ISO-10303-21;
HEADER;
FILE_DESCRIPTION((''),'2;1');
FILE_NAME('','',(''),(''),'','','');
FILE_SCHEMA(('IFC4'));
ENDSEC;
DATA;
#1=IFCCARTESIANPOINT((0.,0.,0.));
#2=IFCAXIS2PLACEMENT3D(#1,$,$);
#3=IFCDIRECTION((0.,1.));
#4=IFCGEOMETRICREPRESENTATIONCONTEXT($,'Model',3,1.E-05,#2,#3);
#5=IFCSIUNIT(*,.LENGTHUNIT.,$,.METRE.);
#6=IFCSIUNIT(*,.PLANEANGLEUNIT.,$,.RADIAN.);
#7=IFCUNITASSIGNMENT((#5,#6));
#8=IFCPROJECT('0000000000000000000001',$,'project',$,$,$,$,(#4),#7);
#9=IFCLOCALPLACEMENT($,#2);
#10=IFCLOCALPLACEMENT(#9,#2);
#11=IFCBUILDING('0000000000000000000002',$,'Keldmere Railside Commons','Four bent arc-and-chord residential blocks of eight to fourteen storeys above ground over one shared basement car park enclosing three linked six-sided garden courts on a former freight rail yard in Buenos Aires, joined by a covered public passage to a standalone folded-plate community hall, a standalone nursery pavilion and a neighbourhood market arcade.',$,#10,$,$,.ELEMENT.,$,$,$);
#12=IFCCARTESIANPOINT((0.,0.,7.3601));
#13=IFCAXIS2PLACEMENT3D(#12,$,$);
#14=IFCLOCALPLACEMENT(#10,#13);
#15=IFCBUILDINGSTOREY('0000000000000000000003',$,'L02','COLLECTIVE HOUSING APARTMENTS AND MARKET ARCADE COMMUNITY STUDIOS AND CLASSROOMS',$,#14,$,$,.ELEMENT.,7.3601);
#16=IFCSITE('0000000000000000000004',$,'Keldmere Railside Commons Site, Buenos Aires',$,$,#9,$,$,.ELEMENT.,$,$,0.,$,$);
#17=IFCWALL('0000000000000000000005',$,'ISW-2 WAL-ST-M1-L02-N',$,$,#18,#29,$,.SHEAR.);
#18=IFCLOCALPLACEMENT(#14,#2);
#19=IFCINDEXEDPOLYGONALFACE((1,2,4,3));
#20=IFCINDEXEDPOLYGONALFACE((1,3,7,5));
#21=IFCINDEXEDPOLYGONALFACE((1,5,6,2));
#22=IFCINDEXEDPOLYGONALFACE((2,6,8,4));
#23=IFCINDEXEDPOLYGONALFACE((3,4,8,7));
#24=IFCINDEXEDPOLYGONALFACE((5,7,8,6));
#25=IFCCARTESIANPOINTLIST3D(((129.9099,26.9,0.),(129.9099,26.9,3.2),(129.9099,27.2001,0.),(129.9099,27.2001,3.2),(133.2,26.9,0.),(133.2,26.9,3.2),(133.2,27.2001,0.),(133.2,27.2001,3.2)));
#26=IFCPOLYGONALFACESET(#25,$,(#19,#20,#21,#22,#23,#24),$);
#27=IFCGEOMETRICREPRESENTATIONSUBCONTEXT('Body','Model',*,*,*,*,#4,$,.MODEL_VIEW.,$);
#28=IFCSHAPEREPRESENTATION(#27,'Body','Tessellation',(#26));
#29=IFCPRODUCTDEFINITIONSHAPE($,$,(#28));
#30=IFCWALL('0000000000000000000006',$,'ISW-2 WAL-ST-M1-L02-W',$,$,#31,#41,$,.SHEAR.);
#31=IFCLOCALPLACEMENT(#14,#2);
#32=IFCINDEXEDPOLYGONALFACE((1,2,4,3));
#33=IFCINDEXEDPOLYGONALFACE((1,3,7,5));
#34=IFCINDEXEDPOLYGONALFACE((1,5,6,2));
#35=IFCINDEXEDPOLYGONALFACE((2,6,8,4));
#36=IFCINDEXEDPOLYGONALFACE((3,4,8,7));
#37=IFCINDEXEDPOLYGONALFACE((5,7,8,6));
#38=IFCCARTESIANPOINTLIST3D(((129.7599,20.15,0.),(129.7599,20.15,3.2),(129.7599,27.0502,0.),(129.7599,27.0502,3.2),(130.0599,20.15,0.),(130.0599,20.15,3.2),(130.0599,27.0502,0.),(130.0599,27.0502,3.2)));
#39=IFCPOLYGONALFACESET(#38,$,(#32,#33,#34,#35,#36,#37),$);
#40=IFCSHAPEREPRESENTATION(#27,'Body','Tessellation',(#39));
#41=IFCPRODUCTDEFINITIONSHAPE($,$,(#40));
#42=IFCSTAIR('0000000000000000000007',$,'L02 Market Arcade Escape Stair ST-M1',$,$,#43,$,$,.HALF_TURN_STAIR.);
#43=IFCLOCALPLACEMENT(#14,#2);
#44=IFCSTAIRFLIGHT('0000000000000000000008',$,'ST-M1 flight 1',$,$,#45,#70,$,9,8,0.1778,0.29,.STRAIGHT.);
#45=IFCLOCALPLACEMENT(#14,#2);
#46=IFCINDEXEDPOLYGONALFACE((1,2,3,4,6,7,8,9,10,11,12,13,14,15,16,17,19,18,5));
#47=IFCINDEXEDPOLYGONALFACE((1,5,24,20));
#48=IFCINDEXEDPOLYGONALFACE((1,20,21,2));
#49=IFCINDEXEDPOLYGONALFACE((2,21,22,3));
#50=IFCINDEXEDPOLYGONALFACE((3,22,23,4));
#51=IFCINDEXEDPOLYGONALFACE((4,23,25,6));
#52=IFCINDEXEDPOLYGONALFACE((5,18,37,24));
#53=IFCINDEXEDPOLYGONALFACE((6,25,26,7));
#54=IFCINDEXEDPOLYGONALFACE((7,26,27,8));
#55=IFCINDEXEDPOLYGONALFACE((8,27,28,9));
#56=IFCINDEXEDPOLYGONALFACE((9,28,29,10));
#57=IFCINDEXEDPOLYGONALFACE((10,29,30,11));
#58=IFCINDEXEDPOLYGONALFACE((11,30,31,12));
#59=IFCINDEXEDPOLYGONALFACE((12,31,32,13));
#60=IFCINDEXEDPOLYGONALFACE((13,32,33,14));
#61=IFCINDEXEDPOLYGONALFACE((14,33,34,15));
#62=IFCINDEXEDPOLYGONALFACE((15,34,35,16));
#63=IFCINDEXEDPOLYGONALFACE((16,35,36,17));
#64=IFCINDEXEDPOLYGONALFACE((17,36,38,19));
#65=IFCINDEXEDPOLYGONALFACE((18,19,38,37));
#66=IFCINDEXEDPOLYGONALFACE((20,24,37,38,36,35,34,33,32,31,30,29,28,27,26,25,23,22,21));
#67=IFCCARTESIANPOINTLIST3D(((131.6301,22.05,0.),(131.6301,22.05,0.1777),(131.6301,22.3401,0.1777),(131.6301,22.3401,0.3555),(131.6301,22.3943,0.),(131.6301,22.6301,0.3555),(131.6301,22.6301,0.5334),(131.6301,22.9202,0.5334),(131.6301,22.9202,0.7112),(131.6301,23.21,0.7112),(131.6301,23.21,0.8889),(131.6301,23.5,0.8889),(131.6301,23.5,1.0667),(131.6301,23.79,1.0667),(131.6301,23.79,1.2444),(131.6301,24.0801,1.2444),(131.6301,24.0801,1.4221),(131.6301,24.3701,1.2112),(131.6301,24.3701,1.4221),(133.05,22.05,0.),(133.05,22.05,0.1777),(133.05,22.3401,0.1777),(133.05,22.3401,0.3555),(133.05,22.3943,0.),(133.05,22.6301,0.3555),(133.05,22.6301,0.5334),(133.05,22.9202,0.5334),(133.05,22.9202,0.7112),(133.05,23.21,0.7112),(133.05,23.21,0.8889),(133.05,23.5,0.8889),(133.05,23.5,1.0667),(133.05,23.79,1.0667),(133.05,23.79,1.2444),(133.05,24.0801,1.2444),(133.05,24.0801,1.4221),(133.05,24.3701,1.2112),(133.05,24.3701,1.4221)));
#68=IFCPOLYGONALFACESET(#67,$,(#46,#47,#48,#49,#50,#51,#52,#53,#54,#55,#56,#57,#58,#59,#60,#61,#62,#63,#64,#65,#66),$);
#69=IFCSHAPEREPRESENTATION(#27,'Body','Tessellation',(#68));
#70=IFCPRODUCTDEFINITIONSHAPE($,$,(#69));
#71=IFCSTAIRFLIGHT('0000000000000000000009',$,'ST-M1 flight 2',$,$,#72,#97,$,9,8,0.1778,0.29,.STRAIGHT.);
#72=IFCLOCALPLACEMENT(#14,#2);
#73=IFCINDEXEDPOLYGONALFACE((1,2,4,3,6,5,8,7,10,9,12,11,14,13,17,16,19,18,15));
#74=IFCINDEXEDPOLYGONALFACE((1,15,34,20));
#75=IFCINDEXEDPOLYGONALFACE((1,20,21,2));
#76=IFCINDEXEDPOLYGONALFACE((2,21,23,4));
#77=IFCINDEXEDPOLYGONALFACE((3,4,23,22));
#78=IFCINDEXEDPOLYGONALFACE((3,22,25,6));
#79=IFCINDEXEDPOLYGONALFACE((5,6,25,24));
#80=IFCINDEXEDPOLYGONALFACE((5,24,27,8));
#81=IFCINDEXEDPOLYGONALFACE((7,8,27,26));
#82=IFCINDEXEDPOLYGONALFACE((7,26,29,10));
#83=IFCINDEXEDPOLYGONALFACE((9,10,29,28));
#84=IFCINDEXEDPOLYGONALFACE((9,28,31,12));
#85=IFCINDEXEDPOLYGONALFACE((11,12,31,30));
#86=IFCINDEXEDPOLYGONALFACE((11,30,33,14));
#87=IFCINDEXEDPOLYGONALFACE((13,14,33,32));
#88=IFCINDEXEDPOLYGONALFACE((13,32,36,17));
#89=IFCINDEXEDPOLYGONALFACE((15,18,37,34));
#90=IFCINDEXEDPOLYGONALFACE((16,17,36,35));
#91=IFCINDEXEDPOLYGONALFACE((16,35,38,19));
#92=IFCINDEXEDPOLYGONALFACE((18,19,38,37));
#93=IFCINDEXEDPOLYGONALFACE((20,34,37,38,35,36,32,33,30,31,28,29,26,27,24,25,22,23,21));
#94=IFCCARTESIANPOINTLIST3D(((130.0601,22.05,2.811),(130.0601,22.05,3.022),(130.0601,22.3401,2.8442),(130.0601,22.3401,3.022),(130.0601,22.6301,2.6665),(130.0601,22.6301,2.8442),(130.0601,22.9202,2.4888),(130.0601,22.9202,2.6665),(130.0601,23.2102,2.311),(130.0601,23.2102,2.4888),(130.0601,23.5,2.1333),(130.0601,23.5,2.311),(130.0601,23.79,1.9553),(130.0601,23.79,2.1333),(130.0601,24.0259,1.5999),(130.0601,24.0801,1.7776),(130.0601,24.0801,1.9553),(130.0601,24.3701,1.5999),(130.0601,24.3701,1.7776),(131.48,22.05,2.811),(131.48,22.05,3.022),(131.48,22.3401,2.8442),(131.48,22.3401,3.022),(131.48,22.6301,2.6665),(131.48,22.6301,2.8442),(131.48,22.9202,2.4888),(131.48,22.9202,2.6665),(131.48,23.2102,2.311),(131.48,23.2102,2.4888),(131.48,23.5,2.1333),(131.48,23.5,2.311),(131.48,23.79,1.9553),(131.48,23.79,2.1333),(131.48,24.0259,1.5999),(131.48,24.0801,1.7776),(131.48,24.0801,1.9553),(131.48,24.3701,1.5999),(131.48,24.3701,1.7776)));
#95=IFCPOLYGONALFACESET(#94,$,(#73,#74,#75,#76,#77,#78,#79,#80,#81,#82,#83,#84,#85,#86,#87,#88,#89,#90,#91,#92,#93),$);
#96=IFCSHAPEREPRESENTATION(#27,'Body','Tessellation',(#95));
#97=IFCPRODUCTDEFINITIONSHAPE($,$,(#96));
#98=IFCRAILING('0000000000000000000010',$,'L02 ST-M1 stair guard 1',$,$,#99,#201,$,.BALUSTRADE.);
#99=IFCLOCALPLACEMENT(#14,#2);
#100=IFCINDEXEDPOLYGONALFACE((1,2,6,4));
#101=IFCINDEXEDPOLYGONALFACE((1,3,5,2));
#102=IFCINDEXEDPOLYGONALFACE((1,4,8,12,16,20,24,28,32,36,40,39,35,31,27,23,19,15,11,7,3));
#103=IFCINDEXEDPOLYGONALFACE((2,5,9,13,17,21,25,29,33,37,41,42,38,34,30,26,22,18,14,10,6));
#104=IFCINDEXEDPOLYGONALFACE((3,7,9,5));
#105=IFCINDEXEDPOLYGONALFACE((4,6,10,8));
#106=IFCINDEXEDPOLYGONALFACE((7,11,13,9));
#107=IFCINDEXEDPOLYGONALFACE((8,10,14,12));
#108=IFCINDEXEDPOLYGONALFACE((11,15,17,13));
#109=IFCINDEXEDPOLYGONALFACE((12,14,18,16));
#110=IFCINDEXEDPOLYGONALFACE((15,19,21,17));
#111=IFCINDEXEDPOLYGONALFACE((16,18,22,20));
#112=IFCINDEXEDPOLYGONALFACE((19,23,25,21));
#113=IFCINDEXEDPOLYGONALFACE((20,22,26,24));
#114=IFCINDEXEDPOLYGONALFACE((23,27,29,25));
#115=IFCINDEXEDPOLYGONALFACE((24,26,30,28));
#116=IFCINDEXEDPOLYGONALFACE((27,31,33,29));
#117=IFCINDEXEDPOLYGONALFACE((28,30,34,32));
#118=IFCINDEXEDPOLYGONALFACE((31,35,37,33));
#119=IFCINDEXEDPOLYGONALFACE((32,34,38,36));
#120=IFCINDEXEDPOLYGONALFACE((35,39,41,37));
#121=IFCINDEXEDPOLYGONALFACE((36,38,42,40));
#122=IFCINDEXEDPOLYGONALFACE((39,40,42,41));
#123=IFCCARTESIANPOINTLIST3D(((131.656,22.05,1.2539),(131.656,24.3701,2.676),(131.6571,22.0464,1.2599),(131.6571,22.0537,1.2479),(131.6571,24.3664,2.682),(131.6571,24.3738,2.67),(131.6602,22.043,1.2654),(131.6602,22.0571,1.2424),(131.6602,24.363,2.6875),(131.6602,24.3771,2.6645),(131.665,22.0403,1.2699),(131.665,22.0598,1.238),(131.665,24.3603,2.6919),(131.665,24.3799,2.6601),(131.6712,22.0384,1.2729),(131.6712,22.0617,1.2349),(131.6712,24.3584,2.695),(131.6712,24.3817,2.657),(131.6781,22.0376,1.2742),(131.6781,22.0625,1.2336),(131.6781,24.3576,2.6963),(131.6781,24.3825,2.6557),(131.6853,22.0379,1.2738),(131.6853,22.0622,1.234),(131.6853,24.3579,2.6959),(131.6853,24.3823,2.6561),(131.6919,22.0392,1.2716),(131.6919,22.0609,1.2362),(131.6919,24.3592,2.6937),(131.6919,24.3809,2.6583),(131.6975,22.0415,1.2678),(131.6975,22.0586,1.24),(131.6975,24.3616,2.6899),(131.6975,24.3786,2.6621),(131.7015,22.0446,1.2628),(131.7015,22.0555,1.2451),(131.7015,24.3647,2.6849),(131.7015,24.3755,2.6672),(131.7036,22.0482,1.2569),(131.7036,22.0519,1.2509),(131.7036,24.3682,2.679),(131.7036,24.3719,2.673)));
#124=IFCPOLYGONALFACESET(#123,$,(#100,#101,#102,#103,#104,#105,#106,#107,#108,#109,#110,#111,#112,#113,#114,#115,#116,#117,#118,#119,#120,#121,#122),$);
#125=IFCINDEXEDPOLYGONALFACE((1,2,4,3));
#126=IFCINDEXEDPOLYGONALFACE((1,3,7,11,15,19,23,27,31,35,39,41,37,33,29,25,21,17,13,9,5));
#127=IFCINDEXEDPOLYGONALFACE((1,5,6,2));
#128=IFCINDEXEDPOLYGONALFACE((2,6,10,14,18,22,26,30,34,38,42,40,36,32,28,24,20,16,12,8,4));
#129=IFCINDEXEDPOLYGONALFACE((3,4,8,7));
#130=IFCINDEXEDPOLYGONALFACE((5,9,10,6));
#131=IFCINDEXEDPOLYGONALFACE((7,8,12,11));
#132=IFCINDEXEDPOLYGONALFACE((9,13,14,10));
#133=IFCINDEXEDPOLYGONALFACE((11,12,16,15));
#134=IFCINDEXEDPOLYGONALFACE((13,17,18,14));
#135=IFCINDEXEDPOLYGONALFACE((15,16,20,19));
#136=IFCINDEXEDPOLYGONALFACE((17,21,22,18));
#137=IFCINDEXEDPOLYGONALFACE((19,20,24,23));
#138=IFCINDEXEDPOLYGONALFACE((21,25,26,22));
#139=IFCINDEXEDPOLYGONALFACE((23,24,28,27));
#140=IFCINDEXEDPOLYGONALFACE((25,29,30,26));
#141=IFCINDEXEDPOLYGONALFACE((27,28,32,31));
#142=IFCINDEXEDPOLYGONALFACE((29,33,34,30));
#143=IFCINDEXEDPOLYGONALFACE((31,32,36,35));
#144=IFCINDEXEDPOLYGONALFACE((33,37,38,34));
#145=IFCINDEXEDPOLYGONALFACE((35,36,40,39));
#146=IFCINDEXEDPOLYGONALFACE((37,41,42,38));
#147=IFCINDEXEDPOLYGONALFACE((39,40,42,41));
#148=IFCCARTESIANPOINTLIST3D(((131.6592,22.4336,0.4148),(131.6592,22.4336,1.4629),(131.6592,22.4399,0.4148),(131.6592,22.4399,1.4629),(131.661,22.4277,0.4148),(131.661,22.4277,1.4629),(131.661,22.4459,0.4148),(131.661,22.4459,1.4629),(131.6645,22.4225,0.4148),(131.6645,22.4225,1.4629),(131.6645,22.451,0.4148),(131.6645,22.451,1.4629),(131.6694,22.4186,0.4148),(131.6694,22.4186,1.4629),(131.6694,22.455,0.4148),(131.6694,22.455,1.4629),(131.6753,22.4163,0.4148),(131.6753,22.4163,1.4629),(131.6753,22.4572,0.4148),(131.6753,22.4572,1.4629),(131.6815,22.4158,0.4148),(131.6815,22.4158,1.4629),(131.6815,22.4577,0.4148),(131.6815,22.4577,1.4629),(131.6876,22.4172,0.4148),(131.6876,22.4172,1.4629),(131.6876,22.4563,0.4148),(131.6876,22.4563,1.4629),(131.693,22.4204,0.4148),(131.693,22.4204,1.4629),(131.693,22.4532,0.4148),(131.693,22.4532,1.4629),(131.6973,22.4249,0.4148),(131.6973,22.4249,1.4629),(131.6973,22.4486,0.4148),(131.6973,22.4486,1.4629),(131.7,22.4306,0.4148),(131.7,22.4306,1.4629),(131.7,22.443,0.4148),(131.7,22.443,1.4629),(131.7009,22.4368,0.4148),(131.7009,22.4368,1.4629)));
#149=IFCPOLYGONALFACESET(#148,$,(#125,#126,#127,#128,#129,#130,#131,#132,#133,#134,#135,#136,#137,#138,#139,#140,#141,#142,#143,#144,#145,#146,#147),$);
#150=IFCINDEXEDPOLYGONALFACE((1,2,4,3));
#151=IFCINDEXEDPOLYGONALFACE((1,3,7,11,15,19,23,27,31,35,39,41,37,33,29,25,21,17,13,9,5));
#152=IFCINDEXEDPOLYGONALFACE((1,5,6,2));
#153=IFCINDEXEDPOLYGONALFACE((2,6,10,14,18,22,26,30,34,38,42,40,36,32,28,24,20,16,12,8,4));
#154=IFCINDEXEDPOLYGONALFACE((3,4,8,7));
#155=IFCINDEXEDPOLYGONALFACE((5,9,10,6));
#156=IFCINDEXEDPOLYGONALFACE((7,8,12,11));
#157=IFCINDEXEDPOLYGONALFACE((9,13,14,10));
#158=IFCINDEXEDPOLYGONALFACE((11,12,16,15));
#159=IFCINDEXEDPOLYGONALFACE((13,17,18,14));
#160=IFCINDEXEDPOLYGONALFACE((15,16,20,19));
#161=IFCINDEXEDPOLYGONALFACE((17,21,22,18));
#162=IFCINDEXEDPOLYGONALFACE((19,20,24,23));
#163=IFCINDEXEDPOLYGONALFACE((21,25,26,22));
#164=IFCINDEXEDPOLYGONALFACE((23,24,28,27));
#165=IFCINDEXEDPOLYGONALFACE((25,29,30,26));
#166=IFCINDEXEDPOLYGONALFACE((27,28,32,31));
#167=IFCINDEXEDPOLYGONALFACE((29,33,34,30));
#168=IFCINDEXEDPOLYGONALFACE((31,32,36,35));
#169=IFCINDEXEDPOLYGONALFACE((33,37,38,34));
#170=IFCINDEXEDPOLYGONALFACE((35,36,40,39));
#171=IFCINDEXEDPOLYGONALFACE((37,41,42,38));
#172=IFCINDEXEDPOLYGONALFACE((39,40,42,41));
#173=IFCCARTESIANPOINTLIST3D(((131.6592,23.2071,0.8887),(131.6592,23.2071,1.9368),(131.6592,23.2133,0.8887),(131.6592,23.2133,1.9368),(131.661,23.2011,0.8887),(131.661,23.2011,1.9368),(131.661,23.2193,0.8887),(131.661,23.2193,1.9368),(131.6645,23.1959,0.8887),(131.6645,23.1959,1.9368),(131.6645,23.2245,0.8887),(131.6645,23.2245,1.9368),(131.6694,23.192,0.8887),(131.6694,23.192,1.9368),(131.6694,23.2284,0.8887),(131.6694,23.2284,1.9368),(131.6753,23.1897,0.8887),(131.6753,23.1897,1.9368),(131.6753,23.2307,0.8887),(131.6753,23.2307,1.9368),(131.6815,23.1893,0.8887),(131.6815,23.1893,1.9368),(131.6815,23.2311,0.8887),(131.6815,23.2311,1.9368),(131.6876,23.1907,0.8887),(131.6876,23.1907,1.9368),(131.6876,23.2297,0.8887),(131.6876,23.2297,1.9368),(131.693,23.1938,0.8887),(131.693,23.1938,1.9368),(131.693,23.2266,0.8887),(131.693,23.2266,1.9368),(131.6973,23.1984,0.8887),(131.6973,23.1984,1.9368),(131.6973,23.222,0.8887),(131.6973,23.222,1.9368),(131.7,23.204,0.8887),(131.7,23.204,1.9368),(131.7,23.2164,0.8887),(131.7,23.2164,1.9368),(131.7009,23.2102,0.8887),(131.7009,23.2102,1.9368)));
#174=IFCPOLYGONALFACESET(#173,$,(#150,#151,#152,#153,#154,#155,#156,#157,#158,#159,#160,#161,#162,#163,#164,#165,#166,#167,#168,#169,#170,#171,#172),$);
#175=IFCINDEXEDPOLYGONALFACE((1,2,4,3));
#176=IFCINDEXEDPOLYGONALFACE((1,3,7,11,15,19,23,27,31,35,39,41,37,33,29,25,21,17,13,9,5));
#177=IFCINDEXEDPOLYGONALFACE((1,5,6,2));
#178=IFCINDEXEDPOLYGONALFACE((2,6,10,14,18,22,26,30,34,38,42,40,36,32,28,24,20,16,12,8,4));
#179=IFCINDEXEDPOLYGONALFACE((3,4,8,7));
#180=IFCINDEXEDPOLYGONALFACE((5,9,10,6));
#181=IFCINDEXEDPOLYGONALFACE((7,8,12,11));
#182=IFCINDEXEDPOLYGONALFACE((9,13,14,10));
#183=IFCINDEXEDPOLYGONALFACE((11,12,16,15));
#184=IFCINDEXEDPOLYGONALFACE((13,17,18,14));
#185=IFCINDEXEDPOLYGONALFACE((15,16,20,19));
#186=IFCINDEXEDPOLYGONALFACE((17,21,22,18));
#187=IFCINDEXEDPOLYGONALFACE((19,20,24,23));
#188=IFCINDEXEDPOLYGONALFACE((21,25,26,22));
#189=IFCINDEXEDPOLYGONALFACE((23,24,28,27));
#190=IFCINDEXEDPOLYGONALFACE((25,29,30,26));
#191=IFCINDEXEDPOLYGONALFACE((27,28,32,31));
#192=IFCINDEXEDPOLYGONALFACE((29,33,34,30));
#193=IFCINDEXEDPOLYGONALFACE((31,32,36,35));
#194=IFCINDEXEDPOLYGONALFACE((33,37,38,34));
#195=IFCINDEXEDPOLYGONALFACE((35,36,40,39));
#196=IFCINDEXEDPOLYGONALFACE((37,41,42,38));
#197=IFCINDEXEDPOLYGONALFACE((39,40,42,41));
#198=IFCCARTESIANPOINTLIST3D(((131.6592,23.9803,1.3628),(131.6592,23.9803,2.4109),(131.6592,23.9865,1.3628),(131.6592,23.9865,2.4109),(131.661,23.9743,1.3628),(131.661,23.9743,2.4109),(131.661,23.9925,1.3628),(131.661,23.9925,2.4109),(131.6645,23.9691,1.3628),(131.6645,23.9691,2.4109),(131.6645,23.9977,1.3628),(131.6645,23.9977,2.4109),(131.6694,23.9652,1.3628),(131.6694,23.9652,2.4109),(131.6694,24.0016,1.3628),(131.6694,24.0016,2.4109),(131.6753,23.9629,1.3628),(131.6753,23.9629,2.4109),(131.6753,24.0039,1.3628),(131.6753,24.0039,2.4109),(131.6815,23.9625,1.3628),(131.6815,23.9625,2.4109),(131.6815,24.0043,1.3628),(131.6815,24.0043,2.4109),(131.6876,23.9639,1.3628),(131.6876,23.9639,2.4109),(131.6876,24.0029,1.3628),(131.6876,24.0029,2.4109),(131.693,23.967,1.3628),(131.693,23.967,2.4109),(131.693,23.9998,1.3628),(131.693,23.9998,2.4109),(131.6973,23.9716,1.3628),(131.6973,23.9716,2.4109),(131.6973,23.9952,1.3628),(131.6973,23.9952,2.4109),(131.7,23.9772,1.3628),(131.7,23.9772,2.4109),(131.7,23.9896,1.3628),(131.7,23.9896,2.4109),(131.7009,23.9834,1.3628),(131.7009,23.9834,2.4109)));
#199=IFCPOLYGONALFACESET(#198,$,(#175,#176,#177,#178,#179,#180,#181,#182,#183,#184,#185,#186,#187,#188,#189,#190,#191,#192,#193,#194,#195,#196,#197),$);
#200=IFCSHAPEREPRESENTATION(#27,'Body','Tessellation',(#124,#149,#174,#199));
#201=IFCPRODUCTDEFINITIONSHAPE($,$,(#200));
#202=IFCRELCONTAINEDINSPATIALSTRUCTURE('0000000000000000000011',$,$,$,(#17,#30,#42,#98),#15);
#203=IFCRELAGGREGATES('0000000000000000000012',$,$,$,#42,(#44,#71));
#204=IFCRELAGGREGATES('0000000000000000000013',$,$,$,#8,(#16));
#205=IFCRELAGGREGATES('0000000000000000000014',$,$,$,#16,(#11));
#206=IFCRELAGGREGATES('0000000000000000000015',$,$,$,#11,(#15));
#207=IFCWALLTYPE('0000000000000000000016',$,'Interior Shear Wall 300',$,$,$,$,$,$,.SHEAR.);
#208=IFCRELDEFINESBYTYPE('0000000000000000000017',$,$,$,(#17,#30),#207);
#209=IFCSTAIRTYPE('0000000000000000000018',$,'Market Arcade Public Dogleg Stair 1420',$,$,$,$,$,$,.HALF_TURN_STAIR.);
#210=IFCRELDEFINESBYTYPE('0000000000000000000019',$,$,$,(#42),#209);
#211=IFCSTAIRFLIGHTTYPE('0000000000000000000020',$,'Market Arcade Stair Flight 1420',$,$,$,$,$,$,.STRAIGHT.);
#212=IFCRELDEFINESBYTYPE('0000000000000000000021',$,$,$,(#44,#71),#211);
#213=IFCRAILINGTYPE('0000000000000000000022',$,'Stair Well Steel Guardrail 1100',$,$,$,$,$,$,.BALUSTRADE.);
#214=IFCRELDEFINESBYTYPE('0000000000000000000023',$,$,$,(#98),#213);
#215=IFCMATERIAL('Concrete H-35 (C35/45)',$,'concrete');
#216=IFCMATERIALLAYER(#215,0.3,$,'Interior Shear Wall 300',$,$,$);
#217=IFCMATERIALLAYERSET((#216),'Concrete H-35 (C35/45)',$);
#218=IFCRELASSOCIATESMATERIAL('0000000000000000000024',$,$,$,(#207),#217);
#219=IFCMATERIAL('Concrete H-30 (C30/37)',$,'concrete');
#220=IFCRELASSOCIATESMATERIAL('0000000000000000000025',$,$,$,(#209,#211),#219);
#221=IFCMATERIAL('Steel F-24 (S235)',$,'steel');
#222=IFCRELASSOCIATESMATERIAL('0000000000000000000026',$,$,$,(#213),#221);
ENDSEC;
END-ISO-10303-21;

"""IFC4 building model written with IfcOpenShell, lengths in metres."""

from ifc_helpers import new_model, si_unit, direction, frame, frame_2d, origin, origin_2d, place, context, subcontext, project, spatial, polyline, rectangle, circle, outline, extrude, material, layer, layer_set, type_object, element, aggregate, save


model = new_model("IFC4")

# Units and contexts
model_context = context("Model", 3, precision=1e-05, world=origin(), true_north=direction((0.0, 1.0)))
body_context = subcontext(model_context, "Body", "Model", "MODEL_VIEW")
ifc_project = project(units=[si_unit("LENGTHUNIT", "METRE"), si_unit("PLANEANGLEUNIT", "RADIAN")], contexts=[model_context])

# Site, building, storey
site_placement = place(None, origin())
site = spatial("IfcSite", under=ifc_project, at=site_placement, Name="Keldmere Railside Commons Site, Buenos Aires", CompositionType="ELEMENT", RefElevation=0.0)
building_placement = place(site_placement, origin())
building = spatial("IfcBuilding", under=site, at=building_placement, Name="Keldmere Railside Commons", Description="Four bent arc-and-chord residential blocks of eight to fourteen storeys above ground over one shared basement car park enclosing three linked six-sided garden courts on a former freight rail yard in Buenos Aires, joined by a covered public passage to a standalone folded-plate community hall, a standalone nursery pavilion and a neighbourhood market arcade.", CompositionType="ELEMENT")
storey_placement = place(building_placement, frame((0.0, 0.0, 7.3601)))
storey = spatial("IfcBuildingStorey", under=building, at=storey_placement, Name="L02", Description="COLLECTIVE HOUSING APARTMENTS AND MARKET ARCADE COMMUNITY STUDIOS AND CLASSROOMS", CompositionType="ELEMENT", Elevation=7.3601)

# Shared definitions
ifc_material_1 = material(Name="Concrete H-35 (C35/45)", Category="concrete")

# Shared definitions
ifc_material_2 = material(Name="Concrete H-30 (C30/37)", Category="concrete")

# Walls
ifc_layer_1 = layer(ifc_material_1, 0.3, Name="Interior Shear Wall 300")
ifc_layer_set_1 = layer_set([ifc_layer_1], Name="Concrete H-35 (C35/45)")
wall_type_1 = type_object("IfcWallType", Name="Interior Shear Wall 300", PredefinedType="SHEAR", material=ifc_layer_set_1)
wall_1_placement = place(storey_placement, frame((129.9099, 27.05, 0.0), z_axis=(0.0, 0.0, 1.0), x_axis=(1.0, 0.0, 0.0)))
element("IfcWall", 1, at=wall_1_placement, inside=storey, type_object=wall_type_1, Name="ISW-2 WAL-ST-M1-L02-N", PredefinedType="SHEAR", context=body_context, shape_type="SweptSolid", body=[
    extrude(rectangle(XDim=3.29, YDim=0.3, at=frame_2d((1.645, 0.0))), origin(), (0.0, 0.0, 1.0), 3.2),
])
wall_2_placement = place(storey_placement, frame((129.9099, 20.1499, 0.0), z_axis=(0.0, 0.0, 1.0), x_axis=(0.0, 1.0, 0.0)))
element("IfcWall", 2, at=wall_2_placement, inside=storey, type_object=wall_type_1, Name="ISW-2 WAL-ST-M1-L02-W", PredefinedType="SHEAR", context=body_context, shape_type="SweptSolid", body=[
    extrude(rectangle(XDim=6.9001, YDim=0.3, at=frame_2d((3.4502, 0.0))), origin(), (0.0, 0.0, 1.0), 3.2),
])

# Stair, stair flights
stair_type = type_object("IfcStairType", Name="Market Arcade Public Dogleg Stair 1420", PredefinedType="HALF_TURN_STAIR", material=ifc_material_2)
stair_placement = place(storey_placement, origin())
stair = element("IfcStair", 3, at=stair_placement, inside=storey, type_object=stair_type, Name="L02 Market Arcade Escape Stair ST-M1", PredefinedType="HALF_TURN_STAIR")
stair_flight_type = type_object("IfcStairFlightType", Name="Market Arcade Stair Flight 1420", PredefinedType="STRAIGHT", material=ifc_material_2)
stair_flight_1_placement = place(storey_placement, frame((132.3401, 22.05, 0.0), z_axis=(0.0, 0.0, 1.0), x_axis=(0.0, 1.0, 0.0)))
stair_flight_1 = element("IfcStairFlight", 4, at=stair_flight_1_placement, type_object=stair_flight_type, Name="ST-M1 flight 1", NumberOfRisers=9, NumberOfTreads=8, PredefinedType="STRAIGHT", RiserHeight=0.1778, TreadLength=0.29, context=body_context, shape_type="SweptSolid", body=[
    extrude(outline(polyline([(0.0, 0.0), (0.0, 0.1777), (0.29, 0.1777), (0.29, 0.3555), (0.5801, 0.3555), (0.5801, 0.5334), (0.8701, 0.5334), (0.8701, 0.7112), (1.1599, 0.7112), (1.1599, 0.8889), (1.45, 0.8889), (1.45, 1.0667), (1.74, 1.0667), (1.74, 1.2444), (2.03, 1.2444), (2.03, 1.4221), (2.3201, 1.4221), (2.3201, 1.6001), (2.3201, 1.2112), (0.3442, 0.0), (0.0, 0.0)])), frame((0.0, 0.71, 0.0), z_axis=(0.0, -1.0, 0.0), x_axis=(1.0, 0.0, 0.0)), (0.0, 0.0, 1.0), 1.4199),
])
stair_flight_2_placement = place(storey_placement, frame((130.77, 24.3701, 1.5999), z_axis=(0.0, 0.0, 1.0), x_axis=(0.0, -1.0, 0.0)))
stair_flight_2 = element("IfcStairFlight", 5, at=stair_flight_2_placement, type_object=stair_flight_type, Name="ST-M1 flight 2", NumberOfRisers=9, NumberOfTreads=8, PredefinedType="STRAIGHT", RiserHeight=0.1778, TreadLength=0.29, context=body_context, shape_type="SweptSolid", body=[
    extrude(outline(polyline([(0.0, 0.0), (0.0, 0.1777), (0.29, 0.1777), (0.29, 0.3555), (0.5801, 0.3555), (0.5801, 0.5334), (0.8701, 0.5334), (0.8701, 0.7112), (1.1599, 0.7112), (1.1599, 0.8889), (1.45, 0.8889), (1.45, 1.0667), (1.74, 1.0667), (1.74, 1.2444), (2.03, 1.2444), (2.03, 1.4221), (2.3201, 1.4221), (2.3201, 1.6001), (2.3201, 1.2112), (0.3442, 0.0), (0.0, 0.0)])), frame((0.0, 0.71, 0.0), z_axis=(0.0, -1.0, 0.0), x_axis=(1.0, 0.0, 0.0)), (0.0, 0.0, 1.0), 1.4199),
])
aggregate(stair, [stair_flight_1, stair_flight_2])

# Railing
ifc_material_3 = material(Name="Steel F-24 (S235)", Category="steel")
railing_type_1 = type_object("IfcRailingType", Name="Stair Well Steel Guardrail 1100", PredefinedType="BALUSTRADE", material=ifc_material_3)
railing_1_placement = place(storey_placement, frame((131.6799, 22.05, 0.1777)))
element("IfcRailing", 6, at=railing_1_placement, inside=storey, type_object=railing_type_1, Name="L02 ST-M1 stair guard 1", PredefinedType="BALUSTRADE", context=body_context, shape_type="SweptSolid", body=[
    extrude(circle(Radius=0.0239, at=origin_2d()), frame((0.0, 0.0, 1.0762), z_axis=(0.0, 0.852578, 0.5226), x_axis=(-1.0, 0.0, 0.0)), (0.0, 0.0, 1.0), 2.7212),
    extrude(circle(Radius=0.021, at=origin_2d()), frame((0.0, 0.3867, 0.2371)), (0.0, 0.0, 1.0), 1.0481),
    extrude(circle(Radius=0.021, at=origin_2d()), frame((0.0, 1.1602, 0.7109)), (0.0, 0.0, 1.0), 1.0481),
    extrude(circle(Radius=0.021, at=origin_2d()), frame((0.0, 1.9333, 1.1851)), (0.0, 0.0, 1.0), 1.0481),
])

save(model, "model.ifc")
